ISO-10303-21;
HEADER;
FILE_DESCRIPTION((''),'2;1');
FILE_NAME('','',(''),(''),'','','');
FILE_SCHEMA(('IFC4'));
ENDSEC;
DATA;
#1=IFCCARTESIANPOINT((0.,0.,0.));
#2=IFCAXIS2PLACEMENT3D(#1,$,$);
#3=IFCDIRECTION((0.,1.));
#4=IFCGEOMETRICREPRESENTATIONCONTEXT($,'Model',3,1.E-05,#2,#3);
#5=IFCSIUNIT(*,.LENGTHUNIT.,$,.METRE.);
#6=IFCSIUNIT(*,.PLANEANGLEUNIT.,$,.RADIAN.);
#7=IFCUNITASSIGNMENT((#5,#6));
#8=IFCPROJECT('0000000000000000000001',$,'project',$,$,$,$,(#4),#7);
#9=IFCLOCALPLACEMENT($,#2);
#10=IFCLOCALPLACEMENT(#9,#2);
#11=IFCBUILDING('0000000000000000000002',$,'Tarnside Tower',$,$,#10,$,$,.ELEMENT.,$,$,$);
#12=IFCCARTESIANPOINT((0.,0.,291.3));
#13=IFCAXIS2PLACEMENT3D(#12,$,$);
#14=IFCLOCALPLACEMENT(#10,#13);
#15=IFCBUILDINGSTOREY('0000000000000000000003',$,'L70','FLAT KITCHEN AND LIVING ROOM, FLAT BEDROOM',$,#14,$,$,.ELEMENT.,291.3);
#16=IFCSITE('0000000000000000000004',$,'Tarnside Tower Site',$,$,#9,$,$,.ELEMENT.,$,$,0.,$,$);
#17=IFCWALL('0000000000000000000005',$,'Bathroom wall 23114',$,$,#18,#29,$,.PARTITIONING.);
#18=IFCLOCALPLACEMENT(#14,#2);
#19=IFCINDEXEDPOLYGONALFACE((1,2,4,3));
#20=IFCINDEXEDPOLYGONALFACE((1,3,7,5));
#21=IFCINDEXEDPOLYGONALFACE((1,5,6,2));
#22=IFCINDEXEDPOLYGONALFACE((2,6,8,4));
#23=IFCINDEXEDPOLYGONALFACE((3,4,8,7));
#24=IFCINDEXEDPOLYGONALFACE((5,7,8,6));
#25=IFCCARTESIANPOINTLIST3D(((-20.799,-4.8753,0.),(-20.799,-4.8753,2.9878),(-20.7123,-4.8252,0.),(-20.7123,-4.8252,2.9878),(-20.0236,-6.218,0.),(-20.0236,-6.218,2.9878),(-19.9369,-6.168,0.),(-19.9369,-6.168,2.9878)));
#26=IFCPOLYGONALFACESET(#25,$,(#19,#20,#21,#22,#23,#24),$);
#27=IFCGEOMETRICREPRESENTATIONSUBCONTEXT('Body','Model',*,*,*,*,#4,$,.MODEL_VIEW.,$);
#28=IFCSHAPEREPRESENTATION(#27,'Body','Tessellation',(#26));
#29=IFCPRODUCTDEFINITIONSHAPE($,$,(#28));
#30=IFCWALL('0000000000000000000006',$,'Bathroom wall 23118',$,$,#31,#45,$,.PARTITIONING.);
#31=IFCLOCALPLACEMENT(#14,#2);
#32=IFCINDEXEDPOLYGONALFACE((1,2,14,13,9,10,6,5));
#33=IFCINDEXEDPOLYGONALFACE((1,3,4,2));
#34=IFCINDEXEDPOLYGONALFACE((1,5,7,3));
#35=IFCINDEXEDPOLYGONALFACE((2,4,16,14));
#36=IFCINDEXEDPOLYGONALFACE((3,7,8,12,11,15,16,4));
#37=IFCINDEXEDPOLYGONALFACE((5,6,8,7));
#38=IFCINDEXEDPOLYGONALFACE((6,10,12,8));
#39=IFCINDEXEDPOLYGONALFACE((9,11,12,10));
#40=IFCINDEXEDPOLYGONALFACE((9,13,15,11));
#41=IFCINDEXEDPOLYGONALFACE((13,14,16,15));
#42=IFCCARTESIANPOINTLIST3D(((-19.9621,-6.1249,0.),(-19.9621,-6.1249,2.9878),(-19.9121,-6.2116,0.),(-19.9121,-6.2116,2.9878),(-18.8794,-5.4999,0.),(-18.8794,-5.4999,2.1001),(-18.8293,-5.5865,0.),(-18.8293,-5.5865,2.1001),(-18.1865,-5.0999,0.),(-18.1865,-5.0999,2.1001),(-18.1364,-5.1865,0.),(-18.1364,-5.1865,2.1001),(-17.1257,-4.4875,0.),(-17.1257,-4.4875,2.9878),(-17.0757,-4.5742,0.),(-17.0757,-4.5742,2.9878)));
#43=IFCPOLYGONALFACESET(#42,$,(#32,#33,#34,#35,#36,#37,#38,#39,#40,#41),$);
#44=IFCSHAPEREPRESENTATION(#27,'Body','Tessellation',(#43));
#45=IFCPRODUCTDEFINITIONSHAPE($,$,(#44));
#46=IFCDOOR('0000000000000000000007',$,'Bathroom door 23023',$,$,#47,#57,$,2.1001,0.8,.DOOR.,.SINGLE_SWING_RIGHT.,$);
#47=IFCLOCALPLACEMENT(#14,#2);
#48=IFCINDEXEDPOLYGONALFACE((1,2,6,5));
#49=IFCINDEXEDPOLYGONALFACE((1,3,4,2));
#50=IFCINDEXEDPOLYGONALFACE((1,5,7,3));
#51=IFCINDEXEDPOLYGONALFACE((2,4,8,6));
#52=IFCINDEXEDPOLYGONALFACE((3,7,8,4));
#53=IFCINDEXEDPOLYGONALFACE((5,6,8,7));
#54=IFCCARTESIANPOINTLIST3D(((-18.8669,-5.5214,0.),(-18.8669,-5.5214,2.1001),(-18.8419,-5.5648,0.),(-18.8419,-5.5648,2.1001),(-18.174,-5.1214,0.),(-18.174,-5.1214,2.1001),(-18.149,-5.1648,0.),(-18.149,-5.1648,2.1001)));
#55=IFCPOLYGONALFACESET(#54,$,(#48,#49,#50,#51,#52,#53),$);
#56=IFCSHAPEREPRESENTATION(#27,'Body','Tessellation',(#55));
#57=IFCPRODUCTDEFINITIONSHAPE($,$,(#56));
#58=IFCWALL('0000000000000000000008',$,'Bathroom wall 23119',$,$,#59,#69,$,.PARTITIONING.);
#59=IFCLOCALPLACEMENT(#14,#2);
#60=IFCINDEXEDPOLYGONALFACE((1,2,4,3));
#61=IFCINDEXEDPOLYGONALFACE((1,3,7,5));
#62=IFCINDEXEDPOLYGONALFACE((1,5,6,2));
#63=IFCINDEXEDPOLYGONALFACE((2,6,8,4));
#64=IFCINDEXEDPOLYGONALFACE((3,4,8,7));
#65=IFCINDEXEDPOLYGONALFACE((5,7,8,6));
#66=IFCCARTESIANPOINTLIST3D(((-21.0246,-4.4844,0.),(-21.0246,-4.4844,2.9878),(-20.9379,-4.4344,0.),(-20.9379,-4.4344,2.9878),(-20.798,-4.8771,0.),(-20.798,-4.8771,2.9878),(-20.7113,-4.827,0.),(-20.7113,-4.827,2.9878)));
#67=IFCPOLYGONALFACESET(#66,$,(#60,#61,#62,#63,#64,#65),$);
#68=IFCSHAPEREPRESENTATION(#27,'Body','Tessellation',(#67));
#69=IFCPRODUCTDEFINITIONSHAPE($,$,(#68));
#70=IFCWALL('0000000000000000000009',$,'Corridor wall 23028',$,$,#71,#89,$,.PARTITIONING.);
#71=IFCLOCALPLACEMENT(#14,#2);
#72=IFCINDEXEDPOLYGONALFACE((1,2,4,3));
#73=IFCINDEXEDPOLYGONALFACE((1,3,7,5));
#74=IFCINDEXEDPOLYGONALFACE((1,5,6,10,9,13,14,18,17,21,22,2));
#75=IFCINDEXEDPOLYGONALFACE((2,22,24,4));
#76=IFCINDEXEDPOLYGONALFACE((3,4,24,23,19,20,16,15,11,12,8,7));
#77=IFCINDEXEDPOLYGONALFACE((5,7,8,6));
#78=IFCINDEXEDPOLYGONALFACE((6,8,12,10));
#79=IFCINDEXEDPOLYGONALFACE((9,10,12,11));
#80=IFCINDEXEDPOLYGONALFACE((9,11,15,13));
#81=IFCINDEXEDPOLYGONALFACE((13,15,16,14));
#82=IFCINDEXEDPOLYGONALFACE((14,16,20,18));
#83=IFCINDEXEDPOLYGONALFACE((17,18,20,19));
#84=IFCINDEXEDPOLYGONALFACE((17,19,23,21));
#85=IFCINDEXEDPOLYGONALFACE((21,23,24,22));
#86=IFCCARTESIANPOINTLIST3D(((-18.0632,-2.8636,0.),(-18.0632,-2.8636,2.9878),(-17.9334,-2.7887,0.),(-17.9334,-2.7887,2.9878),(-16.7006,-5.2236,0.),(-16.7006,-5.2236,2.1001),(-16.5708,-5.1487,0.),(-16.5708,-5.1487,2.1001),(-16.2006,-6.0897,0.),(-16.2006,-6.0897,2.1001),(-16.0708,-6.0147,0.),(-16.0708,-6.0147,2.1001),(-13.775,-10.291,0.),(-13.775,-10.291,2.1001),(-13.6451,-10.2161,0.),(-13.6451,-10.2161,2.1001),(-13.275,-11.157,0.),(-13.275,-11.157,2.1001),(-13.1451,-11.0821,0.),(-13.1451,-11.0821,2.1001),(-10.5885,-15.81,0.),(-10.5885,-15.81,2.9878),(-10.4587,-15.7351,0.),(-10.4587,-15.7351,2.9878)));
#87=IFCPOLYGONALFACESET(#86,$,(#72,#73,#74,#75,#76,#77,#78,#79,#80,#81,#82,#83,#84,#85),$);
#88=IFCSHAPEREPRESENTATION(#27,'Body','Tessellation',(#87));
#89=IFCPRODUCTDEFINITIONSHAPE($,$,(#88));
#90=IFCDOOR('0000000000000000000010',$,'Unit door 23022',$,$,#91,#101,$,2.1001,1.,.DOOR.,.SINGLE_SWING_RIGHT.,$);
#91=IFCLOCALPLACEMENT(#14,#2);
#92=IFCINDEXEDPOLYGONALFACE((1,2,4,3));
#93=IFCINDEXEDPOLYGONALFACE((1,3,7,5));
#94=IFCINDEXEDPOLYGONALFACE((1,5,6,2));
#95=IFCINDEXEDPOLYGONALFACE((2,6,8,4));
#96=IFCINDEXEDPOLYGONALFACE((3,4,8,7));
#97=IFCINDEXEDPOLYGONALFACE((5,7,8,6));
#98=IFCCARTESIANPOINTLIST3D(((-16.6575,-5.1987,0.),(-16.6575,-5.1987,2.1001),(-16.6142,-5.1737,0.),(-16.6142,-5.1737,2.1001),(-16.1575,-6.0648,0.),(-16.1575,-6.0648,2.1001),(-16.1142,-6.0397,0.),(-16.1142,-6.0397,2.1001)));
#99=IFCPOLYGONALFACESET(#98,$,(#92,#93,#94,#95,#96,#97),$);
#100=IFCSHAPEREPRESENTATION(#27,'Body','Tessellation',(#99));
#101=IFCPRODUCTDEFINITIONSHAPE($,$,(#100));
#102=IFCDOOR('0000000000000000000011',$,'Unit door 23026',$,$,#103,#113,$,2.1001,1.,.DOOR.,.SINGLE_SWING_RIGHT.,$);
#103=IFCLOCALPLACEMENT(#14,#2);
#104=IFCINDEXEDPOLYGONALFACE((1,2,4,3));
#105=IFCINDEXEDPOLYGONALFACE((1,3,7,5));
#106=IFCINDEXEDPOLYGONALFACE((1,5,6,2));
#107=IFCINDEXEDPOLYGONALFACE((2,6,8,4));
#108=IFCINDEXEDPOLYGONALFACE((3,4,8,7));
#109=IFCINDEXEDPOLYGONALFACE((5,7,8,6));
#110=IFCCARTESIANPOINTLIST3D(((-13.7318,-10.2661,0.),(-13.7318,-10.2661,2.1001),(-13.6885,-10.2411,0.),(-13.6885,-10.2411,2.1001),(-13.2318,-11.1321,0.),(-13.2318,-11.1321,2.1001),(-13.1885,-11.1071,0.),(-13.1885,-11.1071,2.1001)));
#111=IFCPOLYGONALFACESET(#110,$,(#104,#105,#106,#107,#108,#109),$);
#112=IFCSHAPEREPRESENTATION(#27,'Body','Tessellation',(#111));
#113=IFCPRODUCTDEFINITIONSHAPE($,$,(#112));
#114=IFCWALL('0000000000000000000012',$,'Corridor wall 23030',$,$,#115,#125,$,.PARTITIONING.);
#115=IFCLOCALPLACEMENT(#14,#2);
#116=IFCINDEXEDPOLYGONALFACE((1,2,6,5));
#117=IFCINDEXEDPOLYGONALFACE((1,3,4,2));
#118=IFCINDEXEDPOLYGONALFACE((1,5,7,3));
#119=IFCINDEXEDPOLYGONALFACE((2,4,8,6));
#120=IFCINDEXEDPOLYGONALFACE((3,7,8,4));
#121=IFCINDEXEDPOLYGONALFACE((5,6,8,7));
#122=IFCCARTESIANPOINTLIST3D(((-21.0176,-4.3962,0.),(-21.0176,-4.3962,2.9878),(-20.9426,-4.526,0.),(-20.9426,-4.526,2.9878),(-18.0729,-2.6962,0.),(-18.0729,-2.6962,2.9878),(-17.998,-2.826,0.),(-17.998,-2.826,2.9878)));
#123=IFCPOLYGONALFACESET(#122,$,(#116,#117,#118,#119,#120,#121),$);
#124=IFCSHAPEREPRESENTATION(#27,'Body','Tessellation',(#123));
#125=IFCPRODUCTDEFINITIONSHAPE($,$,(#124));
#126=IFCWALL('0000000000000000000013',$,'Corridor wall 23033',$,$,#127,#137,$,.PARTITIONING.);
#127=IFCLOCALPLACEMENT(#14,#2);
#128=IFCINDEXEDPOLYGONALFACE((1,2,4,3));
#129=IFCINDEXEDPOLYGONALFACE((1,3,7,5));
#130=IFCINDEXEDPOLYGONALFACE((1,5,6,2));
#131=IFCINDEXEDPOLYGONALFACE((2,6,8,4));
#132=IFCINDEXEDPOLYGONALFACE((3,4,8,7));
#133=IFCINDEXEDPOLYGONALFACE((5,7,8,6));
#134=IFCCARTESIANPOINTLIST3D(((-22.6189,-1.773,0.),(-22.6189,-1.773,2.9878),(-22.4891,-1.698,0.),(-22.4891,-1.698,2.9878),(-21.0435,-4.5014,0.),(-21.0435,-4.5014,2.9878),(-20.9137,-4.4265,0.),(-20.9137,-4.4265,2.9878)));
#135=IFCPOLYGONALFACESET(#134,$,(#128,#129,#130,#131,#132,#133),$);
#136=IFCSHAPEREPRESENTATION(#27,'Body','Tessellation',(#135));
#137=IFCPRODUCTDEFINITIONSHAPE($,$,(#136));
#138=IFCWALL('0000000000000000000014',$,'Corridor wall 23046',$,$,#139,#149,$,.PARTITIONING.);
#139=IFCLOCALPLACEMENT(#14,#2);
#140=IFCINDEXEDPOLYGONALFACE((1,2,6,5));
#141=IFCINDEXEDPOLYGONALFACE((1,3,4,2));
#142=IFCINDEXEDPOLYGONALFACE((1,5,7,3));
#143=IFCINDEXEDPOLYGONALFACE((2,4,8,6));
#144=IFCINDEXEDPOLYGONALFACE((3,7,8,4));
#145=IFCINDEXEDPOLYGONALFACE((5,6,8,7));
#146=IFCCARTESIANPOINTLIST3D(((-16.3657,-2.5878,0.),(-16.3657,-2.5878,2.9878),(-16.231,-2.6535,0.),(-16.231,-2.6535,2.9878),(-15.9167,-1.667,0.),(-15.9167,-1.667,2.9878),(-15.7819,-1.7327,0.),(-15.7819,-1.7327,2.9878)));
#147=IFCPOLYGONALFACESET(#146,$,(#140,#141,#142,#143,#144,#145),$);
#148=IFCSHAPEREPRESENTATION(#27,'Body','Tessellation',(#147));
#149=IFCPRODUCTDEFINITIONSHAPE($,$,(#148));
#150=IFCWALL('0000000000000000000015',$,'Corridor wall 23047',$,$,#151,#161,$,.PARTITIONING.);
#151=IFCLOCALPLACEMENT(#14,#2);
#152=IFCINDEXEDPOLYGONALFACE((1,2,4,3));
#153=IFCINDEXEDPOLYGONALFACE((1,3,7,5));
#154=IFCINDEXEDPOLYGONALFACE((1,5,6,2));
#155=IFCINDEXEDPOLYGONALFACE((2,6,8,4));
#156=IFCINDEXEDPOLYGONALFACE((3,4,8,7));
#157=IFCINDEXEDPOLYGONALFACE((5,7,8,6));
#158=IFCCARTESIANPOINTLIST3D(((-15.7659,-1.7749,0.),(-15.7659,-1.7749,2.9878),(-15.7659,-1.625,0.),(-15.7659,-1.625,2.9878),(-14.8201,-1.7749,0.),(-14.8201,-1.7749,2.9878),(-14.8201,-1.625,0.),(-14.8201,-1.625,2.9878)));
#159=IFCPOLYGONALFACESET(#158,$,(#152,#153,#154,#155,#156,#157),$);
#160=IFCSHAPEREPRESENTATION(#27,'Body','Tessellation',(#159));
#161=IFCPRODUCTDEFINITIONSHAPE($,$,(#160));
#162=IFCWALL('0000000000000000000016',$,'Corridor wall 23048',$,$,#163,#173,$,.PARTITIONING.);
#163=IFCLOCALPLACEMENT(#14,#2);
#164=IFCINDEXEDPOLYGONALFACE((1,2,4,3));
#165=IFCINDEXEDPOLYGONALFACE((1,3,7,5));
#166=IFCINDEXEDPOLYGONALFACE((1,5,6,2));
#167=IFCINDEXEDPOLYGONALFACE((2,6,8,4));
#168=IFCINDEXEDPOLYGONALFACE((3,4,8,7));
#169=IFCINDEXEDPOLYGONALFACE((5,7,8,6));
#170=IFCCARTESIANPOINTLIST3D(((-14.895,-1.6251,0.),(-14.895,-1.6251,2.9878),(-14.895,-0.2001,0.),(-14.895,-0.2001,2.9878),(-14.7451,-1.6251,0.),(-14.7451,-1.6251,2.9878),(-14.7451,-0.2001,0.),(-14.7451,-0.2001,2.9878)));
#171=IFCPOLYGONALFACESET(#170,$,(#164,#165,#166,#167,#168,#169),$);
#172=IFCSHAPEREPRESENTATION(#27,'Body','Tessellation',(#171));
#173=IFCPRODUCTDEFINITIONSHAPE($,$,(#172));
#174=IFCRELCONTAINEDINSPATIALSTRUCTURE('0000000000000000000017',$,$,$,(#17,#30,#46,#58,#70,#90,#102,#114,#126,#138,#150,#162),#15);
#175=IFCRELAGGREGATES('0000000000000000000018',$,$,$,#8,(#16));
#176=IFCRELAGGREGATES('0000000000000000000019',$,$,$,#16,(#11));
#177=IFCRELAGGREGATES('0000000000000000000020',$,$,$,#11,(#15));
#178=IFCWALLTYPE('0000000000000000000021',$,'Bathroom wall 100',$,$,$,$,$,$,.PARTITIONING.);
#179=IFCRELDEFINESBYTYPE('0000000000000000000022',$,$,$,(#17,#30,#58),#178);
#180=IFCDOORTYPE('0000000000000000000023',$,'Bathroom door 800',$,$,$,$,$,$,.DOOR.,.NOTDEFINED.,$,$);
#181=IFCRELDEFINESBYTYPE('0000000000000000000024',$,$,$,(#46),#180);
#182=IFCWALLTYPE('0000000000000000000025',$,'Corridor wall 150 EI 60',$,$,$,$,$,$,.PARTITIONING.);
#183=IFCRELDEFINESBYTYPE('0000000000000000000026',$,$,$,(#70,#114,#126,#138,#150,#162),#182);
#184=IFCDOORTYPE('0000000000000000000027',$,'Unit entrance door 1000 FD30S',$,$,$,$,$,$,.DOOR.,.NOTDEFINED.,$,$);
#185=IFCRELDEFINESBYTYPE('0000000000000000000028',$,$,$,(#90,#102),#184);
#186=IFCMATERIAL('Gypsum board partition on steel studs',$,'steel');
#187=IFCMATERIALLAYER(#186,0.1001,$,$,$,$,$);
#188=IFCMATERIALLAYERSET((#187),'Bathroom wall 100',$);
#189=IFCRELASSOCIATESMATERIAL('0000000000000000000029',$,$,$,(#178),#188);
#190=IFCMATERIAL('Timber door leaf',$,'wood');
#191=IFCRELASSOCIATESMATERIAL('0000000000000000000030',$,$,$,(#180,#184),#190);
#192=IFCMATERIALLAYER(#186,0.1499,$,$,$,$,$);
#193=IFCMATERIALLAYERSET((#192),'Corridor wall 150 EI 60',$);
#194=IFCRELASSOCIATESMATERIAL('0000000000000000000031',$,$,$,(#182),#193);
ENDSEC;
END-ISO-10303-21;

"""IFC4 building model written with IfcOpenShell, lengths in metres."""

from ifc_helpers import new_model, si_unit, direction, frame, frame_2d, origin, place, context, subcontext, project, spatial, rectangle, extrude, material, layer, layer_set, type_object, element, fill, save


model = new_model("IFC4")

# Units and contexts
model_context = context("Model", 3, precision=1e-05, world=origin(), true_north=direction((0.0, 1.0)))
body_context = subcontext(model_context, "Body", "Model", "MODEL_VIEW")
ifc_project = project(units=[si_unit("LENGTHUNIT", "METRE"), si_unit("PLANEANGLEUNIT", "RADIAN")], contexts=[model_context])

# Site, building, storey
site_placement = place(None, origin())
site = spatial("IfcSite", under=ifc_project, at=site_placement, Name="Tarnside Tower Site", CompositionType="ELEMENT", RefElevation=0.0)
building_placement = place(site_placement, origin())
building = spatial("IfcBuilding", under=site, at=building_placement, Name="Tarnside Tower", CompositionType="ELEMENT")
storey_placement = place(building_placement, frame((0.0, 0.0, 291.3)))
storey = spatial("IfcBuildingStorey", under=building, at=storey_placement, Name="L70", Description="FLAT KITCHEN AND LIVING ROOM, FLAT BEDROOM", CompositionType="ELEMENT", Elevation=291.3)

# Wall
ifc_material_1 = material(Name="Gypsum board partition on steel studs", Category="steel")
ifc_layer_1 = layer(ifc_material_1, 0.1001)
ifc_layer_set_1 = layer_set([ifc_layer_1], Name="Bathroom wall 100")
wall_type_1 = type_object("IfcWallType", Name="Bathroom wall 100", PredefinedType="PARTITIONING", material=ifc_layer_set_1)
wall_1_placement = place(storey_placement, frame((-19.9802, -6.1931, 0.0), z_axis=(0.0, 0.0, 1.0), x_axis=(-0.500068, 0.865986, 0.0)))
element("IfcWall", 1, at=wall_1_placement, inside=storey, type_object=wall_type_1, Name="Bathroom wall 23114", PredefinedType="PARTITIONING", context=body_context, shape_type="SweptSolid", body=[
    extrude(rectangle(XDim=1.5505, YDim=0.1001, at=frame_2d((0.7754, 0.0))), origin(), (0.0, 0.0, 1.0), 2.9878),
])

# Wall, opening, door
wall_2_placement = place(storey_placement, frame((-17.1006, -4.5308, 0.0), z_axis=(0.0, 0.0, 1.0), x_axis=(-0.866047, -0.499963, 0.0)))
wall_2 = element("IfcWall", 2, at=wall_2_placement, inside=storey, type_object=wall_type_1, Name="Bathroom wall 23118", PredefinedType="PARTITIONING", context=body_context, shape_type="SweptSolid", body=[
    extrude(rectangle(XDim=3.2751, YDim=0.1001, at=frame_2d((1.6377, 0.0))), origin(), (0.0, 0.0, 1.0), 2.9878),
])
opening_1_placement = place(wall_2_placement, frame((1.2251, 0.0, 0.0)))
opening_1 = element("IfcOpeningElement", 3, at=opening_1_placement, cuts=wall_2, PredefinedType="OPENING", context=body_context, shape_type="SweptSolid", body=[
    extrude(rectangle(XDim=0.8, YDim=2.1001, at=frame_2d((0.3999, 1.05))), frame((0.0, 0.0601, 0.0), z_axis=(0.0, -1.0, 0.0), x_axis=(1.0, 0.0, 0.0)), (0.0, 0.0, 1.0), 0.1201),
])
ifc_material_2 = material(Name="Timber door leaf", Category="wood")
door_type_1 = type_object("IfcDoorType", Name="Bathroom door 800", OperationType="NOTDEFINED", PredefinedType="DOOR", material=ifc_material_2)
door_1_placement = place(opening_1_placement, origin())
door_1 = element("IfcDoor", 4, at=door_1_placement, inside=storey, type_object=door_type_1, Name="Bathroom door 23023", OperationType="SINGLE_SWING_RIGHT", OverallHeight=2.1001, OverallWidth=0.8, PredefinedType="DOOR", context=body_context, shape_type="SweptSolid", body=[
    extrude(rectangle(XDim=0.8, YDim=2.1001, at=frame_2d((0.3999, 1.05))), frame((0.0, 0.0249, 0.0), z_axis=(0.0, -1.0, 0.0), x_axis=(1.0, 0.0, 0.0)), (0.0, 0.0, 1.0), 0.05),
])
fill(opening_1, door_1)

# Wall
wall_3_placement = place(storey_placement, frame((-20.9812, -4.4595, 0.0), z_axis=(0.0, 0.0, 1.0), x_axis=(0.499847, -0.866114, 0.0)))
element("IfcWall", 5, at=wall_3_placement, inside=storey, type_object=wall_type_1, Name="Bathroom wall 23119", PredefinedType="PARTITIONING", context=body_context, shape_type="SweptSolid", body=[
    extrude(rectangle(XDim=0.4534, YDim=0.1001, at=frame_2d((0.2266, 0.0))), origin(), (0.0, 0.0, 1.0), 2.9878),
])

# Wall, openings, doors
ifc_layer_2 = layer(ifc_material_1, 0.1499)
ifc_layer_set_2 = layer_set([ifc_layer_2], Name="Corridor wall 150 EI 60")
wall_type_2 = type_object("IfcWallType", Name="Corridor wall 150 EI 60", PredefinedType="PARTITIONING", material=ifc_layer_set_2)
wall_4_placement = place(storey_placement, frame((-17.9983, -2.8262, 0.0), z_axis=(0.0, 0.0, 1.0), x_axis=(0.500003, -0.866023, 0.0)))
wall_4 = element("IfcWall", 6, at=wall_4_placement, inside=storey, type_object=wall_type_2, Name="Corridor wall 23028", PredefinedType="PARTITIONING", context=body_context, shape_type="SweptSolid", body=[
    extrude(rectangle(XDim=14.9492, YDim=0.1499, at=frame_2d((7.4746, 0.0))), origin(), (0.0, 0.0, 1.0), 2.9878),
])
opening_2_placement = place(wall_4_placement, frame((2.7251, 0.0, 0.0)))
opening_2 = element("IfcOpeningElement", 7, at=opening_2_placement, cuts=wall_4, PredefinedType="OPENING", context=body_context, shape_type="SweptSolid", body=[
    extrude(rectangle(XDim=1.0, YDim=2.1001, at=frame_2d((0.5, 1.05))), frame((0.0, 0.085, 0.0), z_axis=(0.0, -1.0, 0.0), x_axis=(1.0, 0.0, 0.0)), (0.0, 0.0, 1.0), 0.1699),
])
opening_3_placement = place(wall_4_placement, frame((8.5764, 0.0, 0.0)))
opening_3 = element("IfcOpeningElement", 8, at=opening_3_placement, cuts=wall_4, PredefinedType="OPENING", context=body_context, shape_type="SweptSolid", body=[
    extrude(rectangle(XDim=1.0, YDim=2.1001, at=frame_2d((0.5, 1.05))), frame((0.0, 0.085, 0.0), z_axis=(0.0, -1.0, 0.0), x_axis=(1.0, 0.0, 0.0)), (0.0, 0.0, 1.0), 0.1699),
])
door_type_2 = type_object("IfcDoorType", Name="Unit entrance door 1000 FD30S", OperationType="NOTDEFINED", PredefinedType="DOOR", material=ifc_material_2)
door_2_placement = place(opening_2_placement, origin())
door_2 = element("IfcDoor", 9, at=door_2_placement, inside=storey, type_object=door_type_2, Name="Unit door 23022", OperationType="SINGLE_SWING_RIGHT", OverallHeight=2.1001, OverallWidth=1.0, PredefinedType="DOOR", context=body_context, shape_type="SweptSolid", body=[
    extrude(rectangle(XDim=1.0, YDim=2.1001, at=frame_2d((0.5, 1.05))), frame((0.0, 0.0249, 0.0), z_axis=(0.0, -1.0, 0.0), x_axis=(1.0, 0.0, 0.0)), (0.0, 0.0, 1.0), 0.05),
])
fill(opening_2, door_2)
door_3_placement = place(opening_3_placement, origin())
door_3 = element("IfcDoor", 10, at=door_3_placement, inside=storey, type_object=door_type_2, Name="Unit door 23026", OperationType="SINGLE_SWING_RIGHT", OverallHeight=2.1001, OverallWidth=1.0, PredefinedType="DOOR", context=body_context, shape_type="SweptSolid", body=[
    extrude(rectangle(XDim=1.0, YDim=2.1001, at=frame_2d((0.5, 1.05))), frame((0.0, 0.0249, 0.0), z_axis=(0.0, -1.0, 0.0), x_axis=(1.0, 0.0, 0.0)), (0.0, 0.0, 1.0), 0.05),
])
fill(opening_3, door_3)

# Walls
wall_5_placement = place(storey_placement, frame((-20.9802, -4.4612, 0.0), z_axis=(0.0, 0.0, 1.0), x_axis=(0.866039, 0.499977, 0.0)))
element("IfcWall", 11, at=wall_5_placement, inside=storey, type_object=wall_type_2, Name="Corridor wall 23030", PredefinedType="PARTITIONING", context=body_context, shape_type="SweptSolid", body=[
    extrude(rectangle(XDim=3.4001, YDim=0.1499, at=frame_2d((1.7002, 0.0))), origin(), (0.0, 0.0, 1.0), 2.9878),
])
wall_6_placement = place(storey_placement, frame((-22.554, -1.7356, 0.0), z_axis=(0.0, 0.0, 1.0), x_axis=(0.500031, -0.866008, 0.0)))
element("IfcWall", 12, at=wall_6_placement, inside=storey, type_object=wall_type_2, Name="Corridor wall 23033", PredefinedType="PARTITIONING", context=body_context, shape_type="SweptSolid", body=[
    extrude(rectangle(XDim=3.1506, YDim=0.1499, at=frame_2d((1.5752, 0.0))), origin(), (0.0, 0.0, 1.0), 2.9878),
])
wall_7_placement = place(storey_placement, frame((-16.2983, -2.6206, 0.0), z_axis=(0.0, 0.0, 1.0), x_axis=(0.438325, 0.898817, 0.0)))
element("IfcWall", 13, at=wall_7_placement, inside=storey, type_object=wall_type_2, Name="Corridor wall 23046", PredefinedType="PARTITIONING", context=body_context, shape_type="SweptSolid", body=[
    extrude(rectangle(XDim=1.0244, YDim=0.1499, at=frame_2d((0.5122, 0.0))), origin(), (0.0, 0.0, 1.0), 2.9878),
])
wall_8_placement = place(storey_placement, frame((-15.7659, -1.7, 0.0), z_axis=(0.0, 0.0, 1.0), x_axis=(1.0, 0.0, 0.0)))
element("IfcWall", 14, at=wall_8_placement, inside=storey, type_object=wall_type_2, Name="Corridor wall 23047", PredefinedType="PARTITIONING", context=body_context, shape_type="SweptSolid", body=[
    extrude(rectangle(XDim=0.9458, YDim=0.1499, at=frame_2d((0.4729, 0.0))), origin(), (0.0, 0.0, 1.0), 2.9878),
])
wall_9_placement = place(storey_placement, frame((-14.8201, -1.625, 0.0), z_axis=(0.0, 0.0, 1.0), x_axis=(0.0, 1.0, 0.0)))
element("IfcWall", 15, at=wall_9_placement, inside=storey, type_object=wall_type_2, Name="Corridor wall 23048", PredefinedType="PARTITIONING", context=body_context, shape_type="SweptSolid", body=[
    extrude(rectangle(XDim=1.425, YDim=0.1499, at=frame_2d((0.7124, 0.0))), origin(), (0.0, 0.0, 1.0), 2.9878),
])

save(model, "model.ifc")
